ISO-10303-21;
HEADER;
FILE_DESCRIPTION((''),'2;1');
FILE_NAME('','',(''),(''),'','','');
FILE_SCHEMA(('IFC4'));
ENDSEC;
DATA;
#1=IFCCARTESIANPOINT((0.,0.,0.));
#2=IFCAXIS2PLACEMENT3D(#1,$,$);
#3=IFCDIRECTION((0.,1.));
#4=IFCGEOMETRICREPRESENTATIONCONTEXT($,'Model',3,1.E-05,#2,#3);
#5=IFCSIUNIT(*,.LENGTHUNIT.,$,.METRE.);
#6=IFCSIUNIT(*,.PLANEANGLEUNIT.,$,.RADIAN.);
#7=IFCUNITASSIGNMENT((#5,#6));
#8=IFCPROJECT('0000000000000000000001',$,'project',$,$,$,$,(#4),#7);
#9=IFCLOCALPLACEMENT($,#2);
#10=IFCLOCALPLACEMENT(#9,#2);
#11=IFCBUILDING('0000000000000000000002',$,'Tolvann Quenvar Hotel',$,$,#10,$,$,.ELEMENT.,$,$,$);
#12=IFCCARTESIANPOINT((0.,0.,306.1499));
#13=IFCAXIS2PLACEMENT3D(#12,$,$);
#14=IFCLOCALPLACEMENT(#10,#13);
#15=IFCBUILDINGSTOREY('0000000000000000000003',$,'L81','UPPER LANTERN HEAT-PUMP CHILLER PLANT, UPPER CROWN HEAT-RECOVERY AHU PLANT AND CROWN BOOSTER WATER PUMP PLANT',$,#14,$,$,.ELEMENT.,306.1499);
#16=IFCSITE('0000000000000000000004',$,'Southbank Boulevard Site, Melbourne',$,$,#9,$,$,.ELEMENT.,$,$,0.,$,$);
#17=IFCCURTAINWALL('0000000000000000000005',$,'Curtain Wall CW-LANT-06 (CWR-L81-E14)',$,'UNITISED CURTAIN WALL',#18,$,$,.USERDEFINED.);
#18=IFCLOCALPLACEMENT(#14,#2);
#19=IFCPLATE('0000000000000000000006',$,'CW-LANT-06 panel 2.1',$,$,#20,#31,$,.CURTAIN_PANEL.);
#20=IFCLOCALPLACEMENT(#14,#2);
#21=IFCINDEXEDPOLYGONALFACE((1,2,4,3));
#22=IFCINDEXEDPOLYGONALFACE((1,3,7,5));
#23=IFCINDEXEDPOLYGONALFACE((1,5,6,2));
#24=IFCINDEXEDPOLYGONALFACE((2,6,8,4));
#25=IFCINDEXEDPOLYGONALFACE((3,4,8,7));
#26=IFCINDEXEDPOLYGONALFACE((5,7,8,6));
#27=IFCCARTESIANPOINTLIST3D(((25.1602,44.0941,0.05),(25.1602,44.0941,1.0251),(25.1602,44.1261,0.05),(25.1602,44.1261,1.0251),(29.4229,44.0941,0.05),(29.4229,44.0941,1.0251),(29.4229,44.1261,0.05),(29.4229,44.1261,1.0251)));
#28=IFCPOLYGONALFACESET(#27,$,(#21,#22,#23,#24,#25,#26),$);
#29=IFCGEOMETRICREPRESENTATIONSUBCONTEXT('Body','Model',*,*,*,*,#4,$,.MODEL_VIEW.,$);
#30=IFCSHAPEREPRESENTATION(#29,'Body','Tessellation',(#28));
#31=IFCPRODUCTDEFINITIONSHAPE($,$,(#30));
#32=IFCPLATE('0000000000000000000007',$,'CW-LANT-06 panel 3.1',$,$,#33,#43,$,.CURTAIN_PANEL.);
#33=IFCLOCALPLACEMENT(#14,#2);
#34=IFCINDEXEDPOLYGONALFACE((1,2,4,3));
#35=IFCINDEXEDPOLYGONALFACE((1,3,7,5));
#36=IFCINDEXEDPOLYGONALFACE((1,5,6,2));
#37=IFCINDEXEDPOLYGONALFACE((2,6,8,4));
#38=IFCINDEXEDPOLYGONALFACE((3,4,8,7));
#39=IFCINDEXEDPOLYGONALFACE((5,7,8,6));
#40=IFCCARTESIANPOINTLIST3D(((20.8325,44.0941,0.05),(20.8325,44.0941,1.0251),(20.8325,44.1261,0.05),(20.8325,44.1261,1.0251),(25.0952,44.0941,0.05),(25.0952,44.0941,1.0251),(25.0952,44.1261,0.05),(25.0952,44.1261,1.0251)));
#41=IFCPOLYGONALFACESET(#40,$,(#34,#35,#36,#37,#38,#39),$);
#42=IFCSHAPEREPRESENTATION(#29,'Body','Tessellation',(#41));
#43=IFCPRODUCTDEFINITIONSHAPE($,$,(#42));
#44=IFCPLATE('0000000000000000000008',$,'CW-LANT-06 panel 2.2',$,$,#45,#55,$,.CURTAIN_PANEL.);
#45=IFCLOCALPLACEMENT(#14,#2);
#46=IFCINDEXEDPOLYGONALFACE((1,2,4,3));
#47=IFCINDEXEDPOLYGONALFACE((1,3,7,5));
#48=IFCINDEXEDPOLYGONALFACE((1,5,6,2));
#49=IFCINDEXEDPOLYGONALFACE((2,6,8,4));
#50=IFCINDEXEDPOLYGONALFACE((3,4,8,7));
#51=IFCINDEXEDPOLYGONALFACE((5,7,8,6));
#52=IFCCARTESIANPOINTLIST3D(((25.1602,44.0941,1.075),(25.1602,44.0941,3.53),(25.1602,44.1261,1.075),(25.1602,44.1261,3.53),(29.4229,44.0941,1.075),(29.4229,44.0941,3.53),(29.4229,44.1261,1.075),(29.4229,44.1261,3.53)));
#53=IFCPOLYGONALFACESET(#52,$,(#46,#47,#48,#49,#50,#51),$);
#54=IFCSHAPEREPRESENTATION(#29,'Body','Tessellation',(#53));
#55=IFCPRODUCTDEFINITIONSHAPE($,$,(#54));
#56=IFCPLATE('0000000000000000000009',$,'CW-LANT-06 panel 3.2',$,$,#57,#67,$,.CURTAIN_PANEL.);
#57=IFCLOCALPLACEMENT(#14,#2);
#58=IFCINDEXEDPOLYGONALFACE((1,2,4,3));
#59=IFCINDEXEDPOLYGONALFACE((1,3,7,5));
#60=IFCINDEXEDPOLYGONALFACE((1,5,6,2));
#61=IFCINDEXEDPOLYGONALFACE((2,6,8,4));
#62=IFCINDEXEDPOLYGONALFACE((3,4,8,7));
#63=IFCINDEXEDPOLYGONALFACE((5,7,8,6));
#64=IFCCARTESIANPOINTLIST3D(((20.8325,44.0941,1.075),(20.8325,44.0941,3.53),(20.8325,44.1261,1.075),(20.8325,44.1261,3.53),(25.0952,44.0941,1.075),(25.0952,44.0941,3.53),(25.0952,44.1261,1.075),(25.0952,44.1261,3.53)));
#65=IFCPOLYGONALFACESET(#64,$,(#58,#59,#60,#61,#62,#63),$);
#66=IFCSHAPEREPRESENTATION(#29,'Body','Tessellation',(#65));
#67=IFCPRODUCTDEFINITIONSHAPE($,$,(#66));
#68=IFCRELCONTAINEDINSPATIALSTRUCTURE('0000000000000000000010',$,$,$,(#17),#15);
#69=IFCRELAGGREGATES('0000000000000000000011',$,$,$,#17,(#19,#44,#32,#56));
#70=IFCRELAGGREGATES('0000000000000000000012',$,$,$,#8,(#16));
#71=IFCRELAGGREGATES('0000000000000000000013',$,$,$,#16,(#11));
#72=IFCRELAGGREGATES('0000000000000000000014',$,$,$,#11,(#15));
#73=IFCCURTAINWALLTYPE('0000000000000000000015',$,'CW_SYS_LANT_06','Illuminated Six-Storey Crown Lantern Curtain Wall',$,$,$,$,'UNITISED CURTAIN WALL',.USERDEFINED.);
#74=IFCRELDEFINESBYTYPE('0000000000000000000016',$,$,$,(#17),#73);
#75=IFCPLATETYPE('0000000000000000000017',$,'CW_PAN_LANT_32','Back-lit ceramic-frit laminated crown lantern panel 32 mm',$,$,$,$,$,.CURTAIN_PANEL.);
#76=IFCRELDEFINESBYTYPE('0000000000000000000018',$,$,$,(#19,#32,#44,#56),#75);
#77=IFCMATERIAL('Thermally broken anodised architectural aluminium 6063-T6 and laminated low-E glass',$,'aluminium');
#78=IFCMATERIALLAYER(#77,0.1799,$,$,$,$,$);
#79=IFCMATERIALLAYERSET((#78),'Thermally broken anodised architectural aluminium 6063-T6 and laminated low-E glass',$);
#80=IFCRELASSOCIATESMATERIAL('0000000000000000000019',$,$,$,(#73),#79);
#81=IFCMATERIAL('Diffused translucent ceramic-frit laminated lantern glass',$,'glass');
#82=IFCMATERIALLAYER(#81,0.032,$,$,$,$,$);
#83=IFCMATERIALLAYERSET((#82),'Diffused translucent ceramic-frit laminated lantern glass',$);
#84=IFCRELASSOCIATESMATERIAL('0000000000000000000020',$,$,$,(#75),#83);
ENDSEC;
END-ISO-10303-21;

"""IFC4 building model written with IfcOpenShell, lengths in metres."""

from ifc_helpers import new_model, si_unit, direction, frame, origin, origin_2d, place, context, subcontext, project, spatial, rectangle, extrude, source, transform, mapped, material, layer, layer_set, type_object, element, aggregate, save


model = new_model("IFC4")

# Units and contexts
model_context = context("Model", 3, precision=1e-05, world=origin(), true_north=direction((0.0, 1.0)))
body_context = subcontext(model_context, "Body", "Model", "MODEL_VIEW")
ifc_project = project(units=[si_unit("LENGTHUNIT", "METRE"), si_unit("PLANEANGLEUNIT", "RADIAN")], contexts=[model_context])

# Site, building, storey
site_placement = place(None, origin())
site = spatial("IfcSite", under=ifc_project, at=site_placement, Name="Southbank Boulevard Site, Melbourne", CompositionType="ELEMENT", RefElevation=0.0)
building_placement = place(site_placement, origin())
building = spatial("IfcBuilding", under=site, at=building_placement, Name="Tolvann Quenvar Hotel", CompositionType="ELEMENT")
storey_placement = place(building_placement, frame((0.0, 0.0, 306.1499)))
storey = spatial("IfcBuildingStorey", under=building, at=storey_placement, Name="L81", Description="UPPER LANTERN HEAT-PUMP CHILLER PLANT, UPPER CROWN HEAT-RECOVERY AHU PLANT AND CROWN BOOSTER WATER PUMP PLANT", CompositionType="ELEMENT", Elevation=306.1499)

# Shared definitions
ifc_material_1 = material(Name="Thermally broken anodised architectural aluminium 6063-T6 and laminated low-E glass", Category="aluminium")
ifc_layer_1 = layer(ifc_material_1, 0.1799)
ifc_layer_set_1 = layer_set([ifc_layer_1], Name="Thermally broken anodised architectural aluminium 6063-T6 and laminated low-E glass")
curtain_wall_type = type_object("IfcCurtainWallType", Name="CW_SYS_LANT_06", Description="Illuminated Six-Storey Crown Lantern Curtain Wall", ElementType="UNITISED CURTAIN WALL", PredefinedType="USERDEFINED", material=ifc_layer_set_1)

# Curtain wall
curtain_wall_1_placement = place(storey_placement, origin())
curtain_wall_1 = element("IfcCurtainWall", 1, at=curtain_wall_1_placement, inside=storey, type_object=curtain_wall_type, Name="Curtain Wall CW-LANT-06 (CWR-L81-E14)", ObjectType="UNITISED CURTAIN WALL", PredefinedType="USERDEFINED")

# Plates
ifc_material_2 = material(Name="Diffused translucent ceramic-frit laminated lantern glass", Category="glass")
ifc_layer_2 = layer(ifc_material_2, 0.032)
ifc_layer_set_2 = layer_set([ifc_layer_2], Name="Diffused translucent ceramic-frit laminated lantern glass")
plate_type = type_object("IfcPlateType", Name="CW_PAN_LANT_32", Description="Back-lit ceramic-frit laminated crown lantern panel 32 mm", PredefinedType="CURTAIN_PANEL", material=ifc_layer_set_2)
shared_shape_1 = source(origin(), body_context, "Body", "SweptSolid", [
    extrude(rectangle(XDim=4.2627, YDim=0.032, at=origin_2d()), origin(), (0.0, 0.0, 1.0), 0.9751),
])
plate_1_placement = place(storey_placement, frame((27.2915, 44.1101, 0.05), z_axis=(0.0, 0.0, 1.0), x_axis=(-1.0, 0.0, 0.0)))
plate_1 = element("IfcPlate", 2, at=plate_1_placement, type_object=plate_type, Name="CW-LANT-06 panel 2.1", PredefinedType="CURTAIN_PANEL", context=body_context, shape_type="MappedRepresentation", body=[
    mapped(shared_shape_1, transform((0.0, 0.0, 0.0), x_axis=(1.0, 0.0, 0.0), y_axis=(0.0, 1.0, 0.0), z_axis=(0.0, 0.0, 1.0), scale=1.0)),
])
plate_2_placement = place(storey_placement, frame((22.9639, 44.1101, 0.05), z_axis=(0.0, 0.0, 1.0), x_axis=(-1.0, 0.0, 0.0)))
plate_2 = element("IfcPlate", 3, at=plate_2_placement, type_object=plate_type, Name="CW-LANT-06 panel 3.1", PredefinedType="CURTAIN_PANEL", context=body_context, shape_type="MappedRepresentation", body=[
    mapped(shared_shape_1, transform((0.0, 0.0, 0.0), x_axis=(1.0, 0.0, 0.0), y_axis=(0.0, 1.0, 0.0), z_axis=(0.0, 0.0, 1.0), scale=1.0)),
])
shared_shape_2 = source(origin(), body_context, "Body", "SweptSolid", [
    extrude(rectangle(XDim=4.2627, YDim=0.032, at=origin_2d()), origin(), (0.0, 0.0, 1.0), 2.4551),
])
plate_3_placement = place(storey_placement, frame((27.2915, 44.1101, 1.075), z_axis=(0.0, 0.0, 1.0), x_axis=(-1.0, 0.0, 0.0)))
plate_3 = element("IfcPlate", 4, at=plate_3_placement, type_object=plate_type, Name="CW-LANT-06 panel 2.2", PredefinedType="CURTAIN_PANEL", context=body_context, shape_type="MappedRepresentation", body=[
    mapped(shared_shape_2, transform((0.0, 0.0, 0.0), x_axis=(1.0, 0.0, 0.0), y_axis=(0.0, 1.0, 0.0), z_axis=(0.0, 0.0, 1.0), scale=1.0)),
])
plate_4_placement = place(storey_placement, frame((22.9639, 44.1101, 1.075), z_axis=(0.0, 0.0, 1.0), x_axis=(-1.0, 0.0, 0.0)))
plate_4 = element("IfcPlate", 5, at=plate_4_placement, type_object=plate_type, Name="CW-LANT-06 panel 3.2", PredefinedType="CURTAIN_PANEL", context=body_context, shape_type="MappedRepresentation", body=[
    mapped(shared_shape_2, transform((0.0, 0.0, 0.0), x_axis=(1.0, 0.0, 0.0), y_axis=(0.0, 1.0, 0.0), z_axis=(0.0, 0.0, 1.0), scale=1.0)),
])
aggregate(curtain_wall_1, [plate_1, plate_3, plate_2, plate_4])

save(model, "model.ifc")
